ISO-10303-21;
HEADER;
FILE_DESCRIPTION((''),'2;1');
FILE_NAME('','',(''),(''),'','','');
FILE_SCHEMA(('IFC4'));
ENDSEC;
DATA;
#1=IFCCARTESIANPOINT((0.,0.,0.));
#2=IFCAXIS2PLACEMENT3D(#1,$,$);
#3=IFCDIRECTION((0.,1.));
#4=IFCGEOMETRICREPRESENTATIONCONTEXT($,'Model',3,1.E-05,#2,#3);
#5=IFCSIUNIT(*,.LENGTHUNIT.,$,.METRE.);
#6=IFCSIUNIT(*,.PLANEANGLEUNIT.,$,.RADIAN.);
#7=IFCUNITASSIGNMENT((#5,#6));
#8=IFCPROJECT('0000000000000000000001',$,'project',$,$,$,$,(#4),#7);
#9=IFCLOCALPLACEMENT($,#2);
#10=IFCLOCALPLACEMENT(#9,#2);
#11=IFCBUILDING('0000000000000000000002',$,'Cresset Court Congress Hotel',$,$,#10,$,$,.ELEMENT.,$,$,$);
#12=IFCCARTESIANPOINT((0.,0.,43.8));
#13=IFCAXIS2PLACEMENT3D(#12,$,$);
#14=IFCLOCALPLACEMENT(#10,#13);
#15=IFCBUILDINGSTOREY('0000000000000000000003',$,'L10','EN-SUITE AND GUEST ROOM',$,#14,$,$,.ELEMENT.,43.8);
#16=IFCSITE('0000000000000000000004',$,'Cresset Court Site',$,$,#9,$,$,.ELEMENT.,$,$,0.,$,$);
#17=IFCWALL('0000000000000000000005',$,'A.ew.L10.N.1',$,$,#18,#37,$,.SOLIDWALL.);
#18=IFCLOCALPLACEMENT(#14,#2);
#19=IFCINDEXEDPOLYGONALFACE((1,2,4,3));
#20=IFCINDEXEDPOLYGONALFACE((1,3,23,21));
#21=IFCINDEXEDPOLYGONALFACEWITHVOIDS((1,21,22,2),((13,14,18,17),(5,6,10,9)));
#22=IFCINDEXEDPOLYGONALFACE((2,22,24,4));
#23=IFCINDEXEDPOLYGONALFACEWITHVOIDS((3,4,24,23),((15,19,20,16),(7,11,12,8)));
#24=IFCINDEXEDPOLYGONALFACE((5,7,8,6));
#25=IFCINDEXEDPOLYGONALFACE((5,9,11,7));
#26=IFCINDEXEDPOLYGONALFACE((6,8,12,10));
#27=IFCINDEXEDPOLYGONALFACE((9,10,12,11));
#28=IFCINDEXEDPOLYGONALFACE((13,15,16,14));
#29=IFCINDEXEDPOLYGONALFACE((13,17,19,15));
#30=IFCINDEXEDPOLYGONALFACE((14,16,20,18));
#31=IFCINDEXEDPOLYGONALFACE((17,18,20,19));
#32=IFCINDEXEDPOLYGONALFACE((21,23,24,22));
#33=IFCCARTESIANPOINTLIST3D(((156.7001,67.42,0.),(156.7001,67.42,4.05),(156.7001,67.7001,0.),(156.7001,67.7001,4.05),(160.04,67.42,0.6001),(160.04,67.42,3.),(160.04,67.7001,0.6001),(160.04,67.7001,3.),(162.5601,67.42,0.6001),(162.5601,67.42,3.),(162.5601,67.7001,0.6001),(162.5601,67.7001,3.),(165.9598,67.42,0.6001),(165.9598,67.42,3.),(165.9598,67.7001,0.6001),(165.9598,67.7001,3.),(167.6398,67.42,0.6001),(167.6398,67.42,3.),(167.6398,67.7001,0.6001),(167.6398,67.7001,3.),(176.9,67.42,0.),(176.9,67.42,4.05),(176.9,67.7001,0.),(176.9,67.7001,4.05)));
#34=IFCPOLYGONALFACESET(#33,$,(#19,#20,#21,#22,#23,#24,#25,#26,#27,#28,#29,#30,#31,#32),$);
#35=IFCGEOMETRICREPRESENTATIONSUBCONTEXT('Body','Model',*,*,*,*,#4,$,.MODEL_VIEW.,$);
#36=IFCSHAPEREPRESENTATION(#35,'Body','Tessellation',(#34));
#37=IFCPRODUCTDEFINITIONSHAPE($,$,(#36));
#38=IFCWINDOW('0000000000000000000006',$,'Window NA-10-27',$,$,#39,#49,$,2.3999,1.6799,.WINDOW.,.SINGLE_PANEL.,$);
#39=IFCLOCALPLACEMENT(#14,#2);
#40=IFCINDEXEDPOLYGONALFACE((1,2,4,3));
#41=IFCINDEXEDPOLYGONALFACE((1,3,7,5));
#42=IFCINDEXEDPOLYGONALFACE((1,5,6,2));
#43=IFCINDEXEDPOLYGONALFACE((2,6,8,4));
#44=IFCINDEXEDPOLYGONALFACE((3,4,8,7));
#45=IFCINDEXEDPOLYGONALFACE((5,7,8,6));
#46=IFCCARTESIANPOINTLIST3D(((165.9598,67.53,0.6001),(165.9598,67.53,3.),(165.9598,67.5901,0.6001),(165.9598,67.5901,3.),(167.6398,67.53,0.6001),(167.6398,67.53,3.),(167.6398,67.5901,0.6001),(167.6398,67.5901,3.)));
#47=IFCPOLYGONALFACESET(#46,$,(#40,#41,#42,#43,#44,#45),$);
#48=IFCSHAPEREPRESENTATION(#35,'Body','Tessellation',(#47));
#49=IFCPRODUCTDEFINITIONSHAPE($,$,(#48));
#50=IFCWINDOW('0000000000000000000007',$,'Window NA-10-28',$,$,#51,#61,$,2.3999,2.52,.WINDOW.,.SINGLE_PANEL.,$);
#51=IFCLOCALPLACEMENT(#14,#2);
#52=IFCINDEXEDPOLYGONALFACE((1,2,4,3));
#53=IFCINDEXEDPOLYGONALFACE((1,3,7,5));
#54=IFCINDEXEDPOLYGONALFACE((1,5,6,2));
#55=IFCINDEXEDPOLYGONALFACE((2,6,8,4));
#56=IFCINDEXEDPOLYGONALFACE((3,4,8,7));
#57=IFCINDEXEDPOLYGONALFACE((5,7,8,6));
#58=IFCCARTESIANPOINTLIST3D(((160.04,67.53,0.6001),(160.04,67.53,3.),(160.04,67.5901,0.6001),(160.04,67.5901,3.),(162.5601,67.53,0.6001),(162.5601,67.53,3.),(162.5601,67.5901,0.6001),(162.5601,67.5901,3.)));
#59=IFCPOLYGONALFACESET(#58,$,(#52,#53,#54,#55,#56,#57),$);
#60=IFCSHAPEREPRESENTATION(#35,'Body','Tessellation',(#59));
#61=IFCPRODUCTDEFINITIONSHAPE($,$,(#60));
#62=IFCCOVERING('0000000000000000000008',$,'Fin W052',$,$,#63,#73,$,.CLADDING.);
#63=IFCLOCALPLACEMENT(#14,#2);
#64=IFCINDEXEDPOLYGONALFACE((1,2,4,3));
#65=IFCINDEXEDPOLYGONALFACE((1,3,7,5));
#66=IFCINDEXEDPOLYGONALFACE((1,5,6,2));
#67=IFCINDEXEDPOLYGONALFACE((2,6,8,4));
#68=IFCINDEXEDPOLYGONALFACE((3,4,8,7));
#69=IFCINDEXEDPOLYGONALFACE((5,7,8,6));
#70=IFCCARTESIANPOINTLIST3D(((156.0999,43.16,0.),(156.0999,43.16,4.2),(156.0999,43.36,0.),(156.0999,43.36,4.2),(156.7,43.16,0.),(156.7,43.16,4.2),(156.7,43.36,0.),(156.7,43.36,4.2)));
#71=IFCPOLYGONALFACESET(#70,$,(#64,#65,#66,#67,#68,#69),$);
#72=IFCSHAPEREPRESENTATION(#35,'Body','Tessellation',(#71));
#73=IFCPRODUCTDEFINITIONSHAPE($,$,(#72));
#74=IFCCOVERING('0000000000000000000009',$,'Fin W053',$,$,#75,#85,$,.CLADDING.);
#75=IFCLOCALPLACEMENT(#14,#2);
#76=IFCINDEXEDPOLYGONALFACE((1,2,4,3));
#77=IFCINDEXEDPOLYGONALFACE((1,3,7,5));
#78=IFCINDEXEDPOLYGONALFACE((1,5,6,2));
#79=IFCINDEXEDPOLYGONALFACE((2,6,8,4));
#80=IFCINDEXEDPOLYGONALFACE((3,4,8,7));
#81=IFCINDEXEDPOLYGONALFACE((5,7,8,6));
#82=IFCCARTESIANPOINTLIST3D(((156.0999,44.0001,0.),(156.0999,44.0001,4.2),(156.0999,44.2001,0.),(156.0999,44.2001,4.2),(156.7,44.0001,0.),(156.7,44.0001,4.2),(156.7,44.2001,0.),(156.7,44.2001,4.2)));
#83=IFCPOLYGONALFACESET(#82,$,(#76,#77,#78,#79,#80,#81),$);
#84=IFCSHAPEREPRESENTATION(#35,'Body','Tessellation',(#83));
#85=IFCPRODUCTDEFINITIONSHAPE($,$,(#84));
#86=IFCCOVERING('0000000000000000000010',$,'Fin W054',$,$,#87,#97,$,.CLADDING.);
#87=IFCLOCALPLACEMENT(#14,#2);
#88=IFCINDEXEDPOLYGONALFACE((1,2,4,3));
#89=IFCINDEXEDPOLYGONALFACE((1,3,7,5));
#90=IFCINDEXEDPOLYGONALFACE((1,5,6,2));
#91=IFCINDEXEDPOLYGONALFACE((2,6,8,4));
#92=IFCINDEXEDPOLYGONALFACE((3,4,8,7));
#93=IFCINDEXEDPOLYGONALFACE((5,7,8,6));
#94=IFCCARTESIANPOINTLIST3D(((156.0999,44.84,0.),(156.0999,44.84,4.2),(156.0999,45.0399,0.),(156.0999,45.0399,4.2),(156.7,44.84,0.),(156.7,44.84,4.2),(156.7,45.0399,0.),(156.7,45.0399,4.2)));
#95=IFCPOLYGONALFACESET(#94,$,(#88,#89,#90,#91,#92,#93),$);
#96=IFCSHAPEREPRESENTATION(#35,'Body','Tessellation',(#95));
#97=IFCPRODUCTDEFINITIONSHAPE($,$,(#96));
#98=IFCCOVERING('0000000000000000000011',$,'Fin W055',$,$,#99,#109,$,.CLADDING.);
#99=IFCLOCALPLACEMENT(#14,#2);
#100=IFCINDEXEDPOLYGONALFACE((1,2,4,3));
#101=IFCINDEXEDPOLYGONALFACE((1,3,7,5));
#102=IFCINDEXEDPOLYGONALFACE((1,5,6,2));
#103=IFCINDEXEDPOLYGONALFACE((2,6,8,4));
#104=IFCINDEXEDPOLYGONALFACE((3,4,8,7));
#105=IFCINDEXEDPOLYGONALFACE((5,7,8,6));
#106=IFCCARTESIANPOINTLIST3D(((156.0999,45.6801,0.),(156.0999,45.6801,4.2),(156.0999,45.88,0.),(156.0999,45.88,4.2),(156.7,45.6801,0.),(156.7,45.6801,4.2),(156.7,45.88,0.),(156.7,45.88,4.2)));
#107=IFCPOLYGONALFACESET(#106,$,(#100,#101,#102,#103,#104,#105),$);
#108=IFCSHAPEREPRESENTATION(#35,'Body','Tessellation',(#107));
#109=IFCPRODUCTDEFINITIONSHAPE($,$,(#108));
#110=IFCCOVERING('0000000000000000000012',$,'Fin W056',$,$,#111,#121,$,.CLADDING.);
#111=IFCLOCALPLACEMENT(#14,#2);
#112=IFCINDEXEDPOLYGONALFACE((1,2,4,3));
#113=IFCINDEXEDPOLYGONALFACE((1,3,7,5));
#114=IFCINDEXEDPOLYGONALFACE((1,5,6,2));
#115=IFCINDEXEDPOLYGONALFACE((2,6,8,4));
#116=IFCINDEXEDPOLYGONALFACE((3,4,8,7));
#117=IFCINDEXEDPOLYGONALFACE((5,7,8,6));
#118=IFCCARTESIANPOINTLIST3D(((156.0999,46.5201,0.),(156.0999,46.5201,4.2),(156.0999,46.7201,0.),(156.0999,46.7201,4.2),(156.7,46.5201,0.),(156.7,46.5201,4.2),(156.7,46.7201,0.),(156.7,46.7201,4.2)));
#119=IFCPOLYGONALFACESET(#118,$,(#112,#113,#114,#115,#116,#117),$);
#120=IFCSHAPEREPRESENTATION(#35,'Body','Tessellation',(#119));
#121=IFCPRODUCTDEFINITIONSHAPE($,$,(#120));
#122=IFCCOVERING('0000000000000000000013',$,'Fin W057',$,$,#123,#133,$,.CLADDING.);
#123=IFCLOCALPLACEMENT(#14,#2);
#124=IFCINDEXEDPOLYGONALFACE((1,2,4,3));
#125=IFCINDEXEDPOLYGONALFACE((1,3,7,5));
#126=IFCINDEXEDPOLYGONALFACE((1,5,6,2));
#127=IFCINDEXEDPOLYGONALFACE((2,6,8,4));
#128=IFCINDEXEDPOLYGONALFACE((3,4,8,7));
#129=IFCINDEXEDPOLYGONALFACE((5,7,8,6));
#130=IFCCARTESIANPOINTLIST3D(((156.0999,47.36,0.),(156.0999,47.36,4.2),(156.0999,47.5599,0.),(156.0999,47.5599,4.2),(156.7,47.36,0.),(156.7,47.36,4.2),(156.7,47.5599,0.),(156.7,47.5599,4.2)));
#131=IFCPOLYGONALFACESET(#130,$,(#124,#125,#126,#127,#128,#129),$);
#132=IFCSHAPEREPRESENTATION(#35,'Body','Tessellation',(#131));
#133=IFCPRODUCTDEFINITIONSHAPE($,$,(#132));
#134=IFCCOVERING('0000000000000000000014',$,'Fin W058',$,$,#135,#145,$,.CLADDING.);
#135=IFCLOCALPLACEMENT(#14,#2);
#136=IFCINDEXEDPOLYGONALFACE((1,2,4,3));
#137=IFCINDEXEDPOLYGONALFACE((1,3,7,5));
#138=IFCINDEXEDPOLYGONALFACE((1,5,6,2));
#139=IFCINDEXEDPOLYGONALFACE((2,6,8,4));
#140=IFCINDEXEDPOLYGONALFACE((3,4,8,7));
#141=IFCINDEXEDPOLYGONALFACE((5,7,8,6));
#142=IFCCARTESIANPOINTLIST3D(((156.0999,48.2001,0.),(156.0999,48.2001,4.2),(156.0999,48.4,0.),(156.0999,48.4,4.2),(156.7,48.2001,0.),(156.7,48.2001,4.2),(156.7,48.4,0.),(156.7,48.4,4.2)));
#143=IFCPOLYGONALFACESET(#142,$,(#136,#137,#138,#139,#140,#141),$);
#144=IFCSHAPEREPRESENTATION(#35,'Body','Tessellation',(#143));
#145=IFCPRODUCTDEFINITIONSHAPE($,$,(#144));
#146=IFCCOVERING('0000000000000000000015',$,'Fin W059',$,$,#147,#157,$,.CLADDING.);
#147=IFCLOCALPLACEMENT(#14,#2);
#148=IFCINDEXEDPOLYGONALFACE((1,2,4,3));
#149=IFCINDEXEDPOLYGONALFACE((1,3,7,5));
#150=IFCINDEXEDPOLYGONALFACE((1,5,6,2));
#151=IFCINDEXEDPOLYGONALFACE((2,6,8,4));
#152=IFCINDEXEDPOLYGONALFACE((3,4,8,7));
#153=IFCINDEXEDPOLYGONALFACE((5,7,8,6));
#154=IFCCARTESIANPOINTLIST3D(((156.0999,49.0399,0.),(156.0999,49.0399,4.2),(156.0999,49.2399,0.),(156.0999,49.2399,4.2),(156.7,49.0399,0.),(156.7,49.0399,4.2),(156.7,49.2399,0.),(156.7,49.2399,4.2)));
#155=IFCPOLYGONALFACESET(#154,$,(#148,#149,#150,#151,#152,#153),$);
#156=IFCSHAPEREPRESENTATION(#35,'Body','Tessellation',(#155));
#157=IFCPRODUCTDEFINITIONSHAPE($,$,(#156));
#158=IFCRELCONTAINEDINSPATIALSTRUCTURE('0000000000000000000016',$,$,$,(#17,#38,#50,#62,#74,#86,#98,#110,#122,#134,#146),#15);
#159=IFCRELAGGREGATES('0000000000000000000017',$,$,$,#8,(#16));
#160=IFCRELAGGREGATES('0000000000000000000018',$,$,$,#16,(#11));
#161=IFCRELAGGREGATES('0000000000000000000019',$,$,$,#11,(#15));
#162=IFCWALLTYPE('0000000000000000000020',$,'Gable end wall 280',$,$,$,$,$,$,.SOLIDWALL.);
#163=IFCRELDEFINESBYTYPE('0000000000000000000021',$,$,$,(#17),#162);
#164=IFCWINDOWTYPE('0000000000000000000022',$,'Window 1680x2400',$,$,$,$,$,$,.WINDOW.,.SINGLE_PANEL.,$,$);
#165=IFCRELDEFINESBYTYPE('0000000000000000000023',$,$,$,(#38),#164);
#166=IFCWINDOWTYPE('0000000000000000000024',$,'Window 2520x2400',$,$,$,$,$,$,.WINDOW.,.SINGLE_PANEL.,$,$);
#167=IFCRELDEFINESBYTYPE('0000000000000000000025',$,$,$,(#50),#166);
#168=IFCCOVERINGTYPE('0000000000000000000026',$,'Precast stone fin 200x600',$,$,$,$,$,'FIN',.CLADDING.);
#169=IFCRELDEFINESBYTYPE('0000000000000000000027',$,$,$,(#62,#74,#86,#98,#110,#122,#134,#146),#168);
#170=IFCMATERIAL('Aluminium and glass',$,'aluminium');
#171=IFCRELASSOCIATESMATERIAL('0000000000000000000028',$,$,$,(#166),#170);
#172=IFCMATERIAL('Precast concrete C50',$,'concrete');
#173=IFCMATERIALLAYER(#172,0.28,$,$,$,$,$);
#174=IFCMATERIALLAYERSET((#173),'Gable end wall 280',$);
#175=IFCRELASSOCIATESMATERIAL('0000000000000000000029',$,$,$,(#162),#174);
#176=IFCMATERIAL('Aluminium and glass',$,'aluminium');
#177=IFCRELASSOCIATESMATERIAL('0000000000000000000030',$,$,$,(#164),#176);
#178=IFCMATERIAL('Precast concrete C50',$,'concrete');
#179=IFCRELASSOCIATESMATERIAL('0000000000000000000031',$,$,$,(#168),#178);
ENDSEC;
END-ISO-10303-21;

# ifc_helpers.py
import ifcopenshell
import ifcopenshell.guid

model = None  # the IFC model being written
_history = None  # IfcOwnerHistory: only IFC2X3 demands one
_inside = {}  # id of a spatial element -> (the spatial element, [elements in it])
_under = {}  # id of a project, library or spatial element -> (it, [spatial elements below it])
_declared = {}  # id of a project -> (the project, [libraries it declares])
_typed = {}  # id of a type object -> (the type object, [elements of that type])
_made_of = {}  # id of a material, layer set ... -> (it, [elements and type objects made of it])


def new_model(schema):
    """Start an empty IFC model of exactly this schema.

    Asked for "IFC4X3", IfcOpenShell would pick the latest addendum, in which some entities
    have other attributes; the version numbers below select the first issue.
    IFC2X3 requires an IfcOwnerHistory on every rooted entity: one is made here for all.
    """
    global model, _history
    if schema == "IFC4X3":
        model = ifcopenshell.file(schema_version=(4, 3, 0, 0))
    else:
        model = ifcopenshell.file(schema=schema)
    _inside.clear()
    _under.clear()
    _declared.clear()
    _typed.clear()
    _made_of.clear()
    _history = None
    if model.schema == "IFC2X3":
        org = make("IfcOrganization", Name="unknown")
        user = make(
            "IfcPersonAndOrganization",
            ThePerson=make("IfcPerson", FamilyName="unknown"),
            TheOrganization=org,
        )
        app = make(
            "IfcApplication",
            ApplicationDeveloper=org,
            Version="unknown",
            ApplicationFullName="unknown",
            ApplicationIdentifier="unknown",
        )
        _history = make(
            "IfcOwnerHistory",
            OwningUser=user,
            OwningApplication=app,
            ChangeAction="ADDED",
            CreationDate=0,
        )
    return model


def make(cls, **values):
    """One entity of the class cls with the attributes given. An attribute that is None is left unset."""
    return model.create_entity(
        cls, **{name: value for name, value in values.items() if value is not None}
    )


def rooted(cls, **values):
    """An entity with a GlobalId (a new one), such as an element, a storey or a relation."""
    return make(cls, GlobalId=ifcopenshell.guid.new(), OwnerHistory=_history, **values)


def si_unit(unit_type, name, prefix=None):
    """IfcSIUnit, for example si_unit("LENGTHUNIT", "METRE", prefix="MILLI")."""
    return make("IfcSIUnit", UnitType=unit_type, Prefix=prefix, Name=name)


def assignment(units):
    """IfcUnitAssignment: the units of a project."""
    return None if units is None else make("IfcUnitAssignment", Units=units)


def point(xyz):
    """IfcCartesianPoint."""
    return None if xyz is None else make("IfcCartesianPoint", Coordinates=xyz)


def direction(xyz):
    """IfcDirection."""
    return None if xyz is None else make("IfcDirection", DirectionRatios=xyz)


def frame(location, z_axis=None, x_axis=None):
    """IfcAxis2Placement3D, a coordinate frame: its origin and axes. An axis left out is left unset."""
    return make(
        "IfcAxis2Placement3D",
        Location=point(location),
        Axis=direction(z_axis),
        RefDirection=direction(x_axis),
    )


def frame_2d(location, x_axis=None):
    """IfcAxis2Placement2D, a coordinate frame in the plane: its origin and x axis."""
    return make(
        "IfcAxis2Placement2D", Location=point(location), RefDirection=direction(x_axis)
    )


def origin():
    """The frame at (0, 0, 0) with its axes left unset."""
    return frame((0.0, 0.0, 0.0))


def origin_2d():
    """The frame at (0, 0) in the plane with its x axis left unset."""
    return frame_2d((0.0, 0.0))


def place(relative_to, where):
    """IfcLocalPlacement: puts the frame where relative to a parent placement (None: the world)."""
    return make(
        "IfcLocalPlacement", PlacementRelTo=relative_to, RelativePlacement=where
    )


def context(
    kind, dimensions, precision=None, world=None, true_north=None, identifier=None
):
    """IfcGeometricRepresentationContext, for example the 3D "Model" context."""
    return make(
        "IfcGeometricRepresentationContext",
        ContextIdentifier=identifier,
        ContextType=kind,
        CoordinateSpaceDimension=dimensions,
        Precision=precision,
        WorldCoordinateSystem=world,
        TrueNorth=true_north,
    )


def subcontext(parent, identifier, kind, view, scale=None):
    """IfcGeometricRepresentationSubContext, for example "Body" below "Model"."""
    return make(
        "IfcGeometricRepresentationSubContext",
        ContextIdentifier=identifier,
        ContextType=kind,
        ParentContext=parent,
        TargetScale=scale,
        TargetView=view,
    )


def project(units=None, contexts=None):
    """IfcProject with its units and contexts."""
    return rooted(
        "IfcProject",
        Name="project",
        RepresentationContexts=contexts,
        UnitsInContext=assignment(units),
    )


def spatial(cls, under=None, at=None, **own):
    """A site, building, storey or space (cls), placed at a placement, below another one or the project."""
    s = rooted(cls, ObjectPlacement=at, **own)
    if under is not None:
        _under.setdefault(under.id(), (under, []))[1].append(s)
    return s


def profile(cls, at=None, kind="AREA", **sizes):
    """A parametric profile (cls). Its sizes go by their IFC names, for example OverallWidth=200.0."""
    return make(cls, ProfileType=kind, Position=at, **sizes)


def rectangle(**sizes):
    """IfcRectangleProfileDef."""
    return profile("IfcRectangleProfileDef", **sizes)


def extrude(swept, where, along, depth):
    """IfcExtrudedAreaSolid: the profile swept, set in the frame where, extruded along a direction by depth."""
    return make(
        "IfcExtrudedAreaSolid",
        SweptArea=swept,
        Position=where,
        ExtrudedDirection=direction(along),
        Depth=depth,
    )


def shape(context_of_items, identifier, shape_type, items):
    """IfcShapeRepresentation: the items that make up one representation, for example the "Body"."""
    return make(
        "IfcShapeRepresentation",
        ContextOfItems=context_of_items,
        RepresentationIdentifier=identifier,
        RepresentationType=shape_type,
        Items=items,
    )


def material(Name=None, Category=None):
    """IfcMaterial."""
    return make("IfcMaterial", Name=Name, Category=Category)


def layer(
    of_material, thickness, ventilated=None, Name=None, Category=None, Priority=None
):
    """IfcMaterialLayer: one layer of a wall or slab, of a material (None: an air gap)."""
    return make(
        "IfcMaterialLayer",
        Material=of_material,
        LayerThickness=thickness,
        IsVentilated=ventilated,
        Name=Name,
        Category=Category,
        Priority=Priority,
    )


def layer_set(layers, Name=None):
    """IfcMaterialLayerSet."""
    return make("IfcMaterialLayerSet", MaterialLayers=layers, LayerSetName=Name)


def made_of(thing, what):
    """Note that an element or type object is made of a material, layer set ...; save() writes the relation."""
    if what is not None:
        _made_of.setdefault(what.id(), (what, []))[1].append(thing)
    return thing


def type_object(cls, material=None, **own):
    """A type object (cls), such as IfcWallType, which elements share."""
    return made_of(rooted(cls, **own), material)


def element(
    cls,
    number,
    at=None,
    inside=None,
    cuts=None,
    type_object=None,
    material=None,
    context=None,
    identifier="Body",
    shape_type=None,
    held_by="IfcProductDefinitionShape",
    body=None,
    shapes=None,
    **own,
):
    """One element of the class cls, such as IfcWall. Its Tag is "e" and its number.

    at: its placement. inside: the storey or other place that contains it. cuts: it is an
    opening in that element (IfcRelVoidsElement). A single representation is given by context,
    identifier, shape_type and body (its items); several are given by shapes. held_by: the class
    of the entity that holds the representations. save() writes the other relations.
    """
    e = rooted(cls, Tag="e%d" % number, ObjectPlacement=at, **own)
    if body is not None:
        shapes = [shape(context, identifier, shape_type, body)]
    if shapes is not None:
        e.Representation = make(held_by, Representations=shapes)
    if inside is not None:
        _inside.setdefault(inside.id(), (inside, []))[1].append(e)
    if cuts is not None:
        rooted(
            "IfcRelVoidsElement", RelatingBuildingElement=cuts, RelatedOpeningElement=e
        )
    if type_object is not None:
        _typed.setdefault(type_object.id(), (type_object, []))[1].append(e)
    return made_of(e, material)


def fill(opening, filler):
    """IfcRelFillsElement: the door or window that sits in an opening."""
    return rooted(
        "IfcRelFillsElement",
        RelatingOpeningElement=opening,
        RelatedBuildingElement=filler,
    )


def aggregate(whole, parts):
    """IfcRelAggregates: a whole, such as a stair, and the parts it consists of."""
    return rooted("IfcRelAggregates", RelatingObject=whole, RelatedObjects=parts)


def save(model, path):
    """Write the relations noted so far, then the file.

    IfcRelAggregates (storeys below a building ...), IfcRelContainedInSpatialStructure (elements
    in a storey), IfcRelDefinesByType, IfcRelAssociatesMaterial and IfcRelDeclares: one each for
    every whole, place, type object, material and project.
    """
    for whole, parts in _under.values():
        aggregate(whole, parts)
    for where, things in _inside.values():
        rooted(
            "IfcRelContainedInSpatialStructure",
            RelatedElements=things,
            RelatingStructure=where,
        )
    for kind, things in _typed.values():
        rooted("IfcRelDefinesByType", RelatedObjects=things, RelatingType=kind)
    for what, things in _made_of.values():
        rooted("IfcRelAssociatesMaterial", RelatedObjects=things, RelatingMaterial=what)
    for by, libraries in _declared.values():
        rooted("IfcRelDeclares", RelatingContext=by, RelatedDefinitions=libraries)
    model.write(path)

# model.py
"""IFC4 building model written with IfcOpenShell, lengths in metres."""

from ifc_helpers import new_model, si_unit, direction, frame, frame_2d, origin, origin_2d, place, context, subcontext, project, spatial, rectangle, extrude, material, layer, layer_set, type_object, element, fill, save


model = new_model("IFC4")

# Units and contexts
model_context = context("Model", 3, precision=1e-05, world=origin(), true_north=direction((0.0, 1.0)))
body_context = subcontext(model_context, "Body", "Model", "MODEL_VIEW")
ifc_project = project(units=[si_unit("LENGTHUNIT", "METRE"), si_unit("PLANEANGLEUNIT", "RADIAN")], contexts=[model_context])

# Site, building, storey
site_placement = place(None, origin())
site = spatial("IfcSite", under=ifc_project, at=site_placement, Name="Cresset Court Site", CompositionType="ELEMENT", RefElevation=0.0)
building_placement = place(site_placement, origin())
building = spatial("IfcBuilding", under=site, at=building_placement, Name="Cresset Court Congress Hotel", CompositionType="ELEMENT")
storey_placement = place(building_placement, frame((0.0, 0.0, 43.8)))
storey = spatial("IfcBuildingStorey", under=building, at=storey_placement, Name="L10", Description="EN-SUITE AND GUEST ROOM", CompositionType="ELEMENT", Elevation=43.8)

# Shared definitions
ifc_material_1 = material(Name="Aluminium and glass", Category="aluminium")
window_type_1 = type_object("IfcWindowType", Name="Window 2520x2400", PartitioningType="SINGLE_PANEL", PredefinedType="WINDOW", material=ifc_material_1)

# Wall, openings, windows
ifc_material_2 = material(Name="Precast concrete C50", Category="concrete")
ifc_layer_1 = layer(ifc_material_2, 0.28)
ifc_layer_set_1 = layer_set([ifc_layer_1], Name="Gable end wall 280")
wall_type_1 = type_object("IfcWallType", Name="Gable end wall 280", PredefinedType="SOLIDWALL", material=ifc_layer_set_1)
wall_1_placement = place(storey_placement, frame((156.7, 67.5601, 0.0), z_axis=(0.0, 0.0, 1.0), x_axis=(1.0, 0.0, 0.0)))
wall_1 = element("IfcWall", 1, at=wall_1_placement, inside=storey, type_object=wall_type_1, Name="A.ew.L10.N.1", PredefinedType="SOLIDWALL", context=body_context, shape_type="SweptSolid", body=[
    extrude(rectangle(XDim=20.2, YDim=0.28, at=frame_2d((10.1001, 0.0))), origin(), (0.0, 0.0, 1.0), 4.05),
])
opening_1_placement = place(wall_1_placement, frame((9.26, 0.0, 0.6001)))
opening_1 = element("IfcOpeningElement", 2, at=opening_1_placement, cuts=wall_1, PredefinedType="OPENING", context=body_context, shape_type="SweptSolid", body=[
    extrude(rectangle(XDim=1.6799, YDim=2.3999, at=frame_2d((0.8398, 1.2))), frame((0.0, 0.1499, 0.0), z_axis=(0.0, -1.0, 0.0), x_axis=(1.0, 0.0, 0.0)), (0.0, 0.0, 1.0), 0.3),
])
opening_2_placement = place(wall_1_placement, frame((3.3401, 0.0, 0.6001)))
opening_2 = element("IfcOpeningElement", 3, at=opening_2_placement, cuts=wall_1, PredefinedType="OPENING", context=body_context, shape_type="SweptSolid", body=[
    extrude(rectangle(XDim=2.52, YDim=2.3999, at=frame_2d((1.26, 1.2))), frame((0.0, 0.1499, 0.0), z_axis=(0.0, -1.0, 0.0), x_axis=(1.0, 0.0, 0.0)), (0.0, 0.0, 1.0), 0.3),
])
ifc_material_3 = material(Name="Aluminium and glass", Category="aluminium")
window_type_2 = type_object("IfcWindowType", Name="Window 1680x2400", PartitioningType="SINGLE_PANEL", PredefinedType="WINDOW", material=ifc_material_3)
window_1_placement = place(opening_1_placement, origin())
window_1 = element("IfcWindow", 4, at=window_1_placement, inside=storey, type_object=window_type_2, Name="Window NA-10-27", OverallHeight=2.3999, OverallWidth=1.6799, PartitioningType="SINGLE_PANEL", PredefinedType="WINDOW", context=body_context, shape_type="SweptSolid", body=[
    extrude(rectangle(XDim=1.6799, YDim=2.3999, at=frame_2d((0.8398, 1.2))), frame((0.0, 0.03, 0.0), z_axis=(0.0, -1.0, 0.0), x_axis=(1.0, 0.0, 0.0)), (0.0, 0.0, 1.0), 0.0601),
])
fill(opening_1, window_1)
window_2_placement = place(opening_2_placement, origin())
window_2 = element("IfcWindow", 5, at=window_2_placement, inside=storey, type_object=window_type_1, Name="Window NA-10-28", OverallHeight=2.3999, OverallWidth=2.52, PartitioningType="SINGLE_PANEL", PredefinedType="WINDOW", context=body_context, shape_type="SweptSolid", body=[
    extrude(rectangle(XDim=2.52, YDim=2.3999, at=frame_2d((1.26, 1.2))), frame((0.0, 0.03, 0.0), z_axis=(0.0, -1.0, 0.0), x_axis=(1.0, 0.0, 0.0)), (0.0, 0.0, 1.0), 0.0601),
])
fill(opening_2, window_2)

# Coverings
ifc_material_4 = material(Name="Precast concrete C50", Category="concrete")
covering_type = type_object("IfcCoveringType", Name="Precast stone fin 200x600", ElementType="FIN", PredefinedType="CLADDING", material=ifc_material_4)
for number, where, z_axis, x_axis, name in (
    (6, (156.3999, 43.26, 0.0), (0.0, 0.0, 1.0), (1.0, 0.0, 0.0), "Fin W052"),
    (7, (156.3999, 44.1001, 0.0), (0.0, 0.0, 1.0), (1.0, 0.0, 0.0), "Fin W053"),
    (8, (156.3999, 44.9399, 0.0), (0.0, 0.0, 1.0), (1.0, 0.0, 0.0), "Fin W054"),
    (9, (156.3999, 45.78, 0.0), (0.0, 0.0, 1.0), (1.0, 0.0, 0.0), "Fin W055"),
    (10, (156.3999, 46.6201, 0.0), (0.0, 0.0, 1.0), (1.0, 0.0, 0.0), "Fin W056"),
    (11, (156.3999, 47.46, 0.0), (0.0, 0.0, 1.0), (1.0, 0.0, 0.0), "Fin W057"),
    (12, (156.3999, 48.3, 0.0), (0.0, 0.0, 1.0), (1.0, 0.0, 0.0), "Fin W058"),
    (13, (156.3999, 49.1399, 0.0), (0.0, 0.0, 1.0), (1.0, 0.0, 0.0), "Fin W059"),
):
    element("IfcCovering", number, at=place(storey_placement, frame(where, z_axis=z_axis, x_axis=x_axis)), inside=storey, type_object=covering_type, Name=name, PredefinedType="CLADDING", context=body_context, shape_type="SweptSolid", body=[
        extrude(rectangle(XDim=0.6001, YDim=0.2, at=origin_2d()), origin(), (0.0, 0.0, 1.0), 4.2),
    ])

save(model, "model.ifc")
